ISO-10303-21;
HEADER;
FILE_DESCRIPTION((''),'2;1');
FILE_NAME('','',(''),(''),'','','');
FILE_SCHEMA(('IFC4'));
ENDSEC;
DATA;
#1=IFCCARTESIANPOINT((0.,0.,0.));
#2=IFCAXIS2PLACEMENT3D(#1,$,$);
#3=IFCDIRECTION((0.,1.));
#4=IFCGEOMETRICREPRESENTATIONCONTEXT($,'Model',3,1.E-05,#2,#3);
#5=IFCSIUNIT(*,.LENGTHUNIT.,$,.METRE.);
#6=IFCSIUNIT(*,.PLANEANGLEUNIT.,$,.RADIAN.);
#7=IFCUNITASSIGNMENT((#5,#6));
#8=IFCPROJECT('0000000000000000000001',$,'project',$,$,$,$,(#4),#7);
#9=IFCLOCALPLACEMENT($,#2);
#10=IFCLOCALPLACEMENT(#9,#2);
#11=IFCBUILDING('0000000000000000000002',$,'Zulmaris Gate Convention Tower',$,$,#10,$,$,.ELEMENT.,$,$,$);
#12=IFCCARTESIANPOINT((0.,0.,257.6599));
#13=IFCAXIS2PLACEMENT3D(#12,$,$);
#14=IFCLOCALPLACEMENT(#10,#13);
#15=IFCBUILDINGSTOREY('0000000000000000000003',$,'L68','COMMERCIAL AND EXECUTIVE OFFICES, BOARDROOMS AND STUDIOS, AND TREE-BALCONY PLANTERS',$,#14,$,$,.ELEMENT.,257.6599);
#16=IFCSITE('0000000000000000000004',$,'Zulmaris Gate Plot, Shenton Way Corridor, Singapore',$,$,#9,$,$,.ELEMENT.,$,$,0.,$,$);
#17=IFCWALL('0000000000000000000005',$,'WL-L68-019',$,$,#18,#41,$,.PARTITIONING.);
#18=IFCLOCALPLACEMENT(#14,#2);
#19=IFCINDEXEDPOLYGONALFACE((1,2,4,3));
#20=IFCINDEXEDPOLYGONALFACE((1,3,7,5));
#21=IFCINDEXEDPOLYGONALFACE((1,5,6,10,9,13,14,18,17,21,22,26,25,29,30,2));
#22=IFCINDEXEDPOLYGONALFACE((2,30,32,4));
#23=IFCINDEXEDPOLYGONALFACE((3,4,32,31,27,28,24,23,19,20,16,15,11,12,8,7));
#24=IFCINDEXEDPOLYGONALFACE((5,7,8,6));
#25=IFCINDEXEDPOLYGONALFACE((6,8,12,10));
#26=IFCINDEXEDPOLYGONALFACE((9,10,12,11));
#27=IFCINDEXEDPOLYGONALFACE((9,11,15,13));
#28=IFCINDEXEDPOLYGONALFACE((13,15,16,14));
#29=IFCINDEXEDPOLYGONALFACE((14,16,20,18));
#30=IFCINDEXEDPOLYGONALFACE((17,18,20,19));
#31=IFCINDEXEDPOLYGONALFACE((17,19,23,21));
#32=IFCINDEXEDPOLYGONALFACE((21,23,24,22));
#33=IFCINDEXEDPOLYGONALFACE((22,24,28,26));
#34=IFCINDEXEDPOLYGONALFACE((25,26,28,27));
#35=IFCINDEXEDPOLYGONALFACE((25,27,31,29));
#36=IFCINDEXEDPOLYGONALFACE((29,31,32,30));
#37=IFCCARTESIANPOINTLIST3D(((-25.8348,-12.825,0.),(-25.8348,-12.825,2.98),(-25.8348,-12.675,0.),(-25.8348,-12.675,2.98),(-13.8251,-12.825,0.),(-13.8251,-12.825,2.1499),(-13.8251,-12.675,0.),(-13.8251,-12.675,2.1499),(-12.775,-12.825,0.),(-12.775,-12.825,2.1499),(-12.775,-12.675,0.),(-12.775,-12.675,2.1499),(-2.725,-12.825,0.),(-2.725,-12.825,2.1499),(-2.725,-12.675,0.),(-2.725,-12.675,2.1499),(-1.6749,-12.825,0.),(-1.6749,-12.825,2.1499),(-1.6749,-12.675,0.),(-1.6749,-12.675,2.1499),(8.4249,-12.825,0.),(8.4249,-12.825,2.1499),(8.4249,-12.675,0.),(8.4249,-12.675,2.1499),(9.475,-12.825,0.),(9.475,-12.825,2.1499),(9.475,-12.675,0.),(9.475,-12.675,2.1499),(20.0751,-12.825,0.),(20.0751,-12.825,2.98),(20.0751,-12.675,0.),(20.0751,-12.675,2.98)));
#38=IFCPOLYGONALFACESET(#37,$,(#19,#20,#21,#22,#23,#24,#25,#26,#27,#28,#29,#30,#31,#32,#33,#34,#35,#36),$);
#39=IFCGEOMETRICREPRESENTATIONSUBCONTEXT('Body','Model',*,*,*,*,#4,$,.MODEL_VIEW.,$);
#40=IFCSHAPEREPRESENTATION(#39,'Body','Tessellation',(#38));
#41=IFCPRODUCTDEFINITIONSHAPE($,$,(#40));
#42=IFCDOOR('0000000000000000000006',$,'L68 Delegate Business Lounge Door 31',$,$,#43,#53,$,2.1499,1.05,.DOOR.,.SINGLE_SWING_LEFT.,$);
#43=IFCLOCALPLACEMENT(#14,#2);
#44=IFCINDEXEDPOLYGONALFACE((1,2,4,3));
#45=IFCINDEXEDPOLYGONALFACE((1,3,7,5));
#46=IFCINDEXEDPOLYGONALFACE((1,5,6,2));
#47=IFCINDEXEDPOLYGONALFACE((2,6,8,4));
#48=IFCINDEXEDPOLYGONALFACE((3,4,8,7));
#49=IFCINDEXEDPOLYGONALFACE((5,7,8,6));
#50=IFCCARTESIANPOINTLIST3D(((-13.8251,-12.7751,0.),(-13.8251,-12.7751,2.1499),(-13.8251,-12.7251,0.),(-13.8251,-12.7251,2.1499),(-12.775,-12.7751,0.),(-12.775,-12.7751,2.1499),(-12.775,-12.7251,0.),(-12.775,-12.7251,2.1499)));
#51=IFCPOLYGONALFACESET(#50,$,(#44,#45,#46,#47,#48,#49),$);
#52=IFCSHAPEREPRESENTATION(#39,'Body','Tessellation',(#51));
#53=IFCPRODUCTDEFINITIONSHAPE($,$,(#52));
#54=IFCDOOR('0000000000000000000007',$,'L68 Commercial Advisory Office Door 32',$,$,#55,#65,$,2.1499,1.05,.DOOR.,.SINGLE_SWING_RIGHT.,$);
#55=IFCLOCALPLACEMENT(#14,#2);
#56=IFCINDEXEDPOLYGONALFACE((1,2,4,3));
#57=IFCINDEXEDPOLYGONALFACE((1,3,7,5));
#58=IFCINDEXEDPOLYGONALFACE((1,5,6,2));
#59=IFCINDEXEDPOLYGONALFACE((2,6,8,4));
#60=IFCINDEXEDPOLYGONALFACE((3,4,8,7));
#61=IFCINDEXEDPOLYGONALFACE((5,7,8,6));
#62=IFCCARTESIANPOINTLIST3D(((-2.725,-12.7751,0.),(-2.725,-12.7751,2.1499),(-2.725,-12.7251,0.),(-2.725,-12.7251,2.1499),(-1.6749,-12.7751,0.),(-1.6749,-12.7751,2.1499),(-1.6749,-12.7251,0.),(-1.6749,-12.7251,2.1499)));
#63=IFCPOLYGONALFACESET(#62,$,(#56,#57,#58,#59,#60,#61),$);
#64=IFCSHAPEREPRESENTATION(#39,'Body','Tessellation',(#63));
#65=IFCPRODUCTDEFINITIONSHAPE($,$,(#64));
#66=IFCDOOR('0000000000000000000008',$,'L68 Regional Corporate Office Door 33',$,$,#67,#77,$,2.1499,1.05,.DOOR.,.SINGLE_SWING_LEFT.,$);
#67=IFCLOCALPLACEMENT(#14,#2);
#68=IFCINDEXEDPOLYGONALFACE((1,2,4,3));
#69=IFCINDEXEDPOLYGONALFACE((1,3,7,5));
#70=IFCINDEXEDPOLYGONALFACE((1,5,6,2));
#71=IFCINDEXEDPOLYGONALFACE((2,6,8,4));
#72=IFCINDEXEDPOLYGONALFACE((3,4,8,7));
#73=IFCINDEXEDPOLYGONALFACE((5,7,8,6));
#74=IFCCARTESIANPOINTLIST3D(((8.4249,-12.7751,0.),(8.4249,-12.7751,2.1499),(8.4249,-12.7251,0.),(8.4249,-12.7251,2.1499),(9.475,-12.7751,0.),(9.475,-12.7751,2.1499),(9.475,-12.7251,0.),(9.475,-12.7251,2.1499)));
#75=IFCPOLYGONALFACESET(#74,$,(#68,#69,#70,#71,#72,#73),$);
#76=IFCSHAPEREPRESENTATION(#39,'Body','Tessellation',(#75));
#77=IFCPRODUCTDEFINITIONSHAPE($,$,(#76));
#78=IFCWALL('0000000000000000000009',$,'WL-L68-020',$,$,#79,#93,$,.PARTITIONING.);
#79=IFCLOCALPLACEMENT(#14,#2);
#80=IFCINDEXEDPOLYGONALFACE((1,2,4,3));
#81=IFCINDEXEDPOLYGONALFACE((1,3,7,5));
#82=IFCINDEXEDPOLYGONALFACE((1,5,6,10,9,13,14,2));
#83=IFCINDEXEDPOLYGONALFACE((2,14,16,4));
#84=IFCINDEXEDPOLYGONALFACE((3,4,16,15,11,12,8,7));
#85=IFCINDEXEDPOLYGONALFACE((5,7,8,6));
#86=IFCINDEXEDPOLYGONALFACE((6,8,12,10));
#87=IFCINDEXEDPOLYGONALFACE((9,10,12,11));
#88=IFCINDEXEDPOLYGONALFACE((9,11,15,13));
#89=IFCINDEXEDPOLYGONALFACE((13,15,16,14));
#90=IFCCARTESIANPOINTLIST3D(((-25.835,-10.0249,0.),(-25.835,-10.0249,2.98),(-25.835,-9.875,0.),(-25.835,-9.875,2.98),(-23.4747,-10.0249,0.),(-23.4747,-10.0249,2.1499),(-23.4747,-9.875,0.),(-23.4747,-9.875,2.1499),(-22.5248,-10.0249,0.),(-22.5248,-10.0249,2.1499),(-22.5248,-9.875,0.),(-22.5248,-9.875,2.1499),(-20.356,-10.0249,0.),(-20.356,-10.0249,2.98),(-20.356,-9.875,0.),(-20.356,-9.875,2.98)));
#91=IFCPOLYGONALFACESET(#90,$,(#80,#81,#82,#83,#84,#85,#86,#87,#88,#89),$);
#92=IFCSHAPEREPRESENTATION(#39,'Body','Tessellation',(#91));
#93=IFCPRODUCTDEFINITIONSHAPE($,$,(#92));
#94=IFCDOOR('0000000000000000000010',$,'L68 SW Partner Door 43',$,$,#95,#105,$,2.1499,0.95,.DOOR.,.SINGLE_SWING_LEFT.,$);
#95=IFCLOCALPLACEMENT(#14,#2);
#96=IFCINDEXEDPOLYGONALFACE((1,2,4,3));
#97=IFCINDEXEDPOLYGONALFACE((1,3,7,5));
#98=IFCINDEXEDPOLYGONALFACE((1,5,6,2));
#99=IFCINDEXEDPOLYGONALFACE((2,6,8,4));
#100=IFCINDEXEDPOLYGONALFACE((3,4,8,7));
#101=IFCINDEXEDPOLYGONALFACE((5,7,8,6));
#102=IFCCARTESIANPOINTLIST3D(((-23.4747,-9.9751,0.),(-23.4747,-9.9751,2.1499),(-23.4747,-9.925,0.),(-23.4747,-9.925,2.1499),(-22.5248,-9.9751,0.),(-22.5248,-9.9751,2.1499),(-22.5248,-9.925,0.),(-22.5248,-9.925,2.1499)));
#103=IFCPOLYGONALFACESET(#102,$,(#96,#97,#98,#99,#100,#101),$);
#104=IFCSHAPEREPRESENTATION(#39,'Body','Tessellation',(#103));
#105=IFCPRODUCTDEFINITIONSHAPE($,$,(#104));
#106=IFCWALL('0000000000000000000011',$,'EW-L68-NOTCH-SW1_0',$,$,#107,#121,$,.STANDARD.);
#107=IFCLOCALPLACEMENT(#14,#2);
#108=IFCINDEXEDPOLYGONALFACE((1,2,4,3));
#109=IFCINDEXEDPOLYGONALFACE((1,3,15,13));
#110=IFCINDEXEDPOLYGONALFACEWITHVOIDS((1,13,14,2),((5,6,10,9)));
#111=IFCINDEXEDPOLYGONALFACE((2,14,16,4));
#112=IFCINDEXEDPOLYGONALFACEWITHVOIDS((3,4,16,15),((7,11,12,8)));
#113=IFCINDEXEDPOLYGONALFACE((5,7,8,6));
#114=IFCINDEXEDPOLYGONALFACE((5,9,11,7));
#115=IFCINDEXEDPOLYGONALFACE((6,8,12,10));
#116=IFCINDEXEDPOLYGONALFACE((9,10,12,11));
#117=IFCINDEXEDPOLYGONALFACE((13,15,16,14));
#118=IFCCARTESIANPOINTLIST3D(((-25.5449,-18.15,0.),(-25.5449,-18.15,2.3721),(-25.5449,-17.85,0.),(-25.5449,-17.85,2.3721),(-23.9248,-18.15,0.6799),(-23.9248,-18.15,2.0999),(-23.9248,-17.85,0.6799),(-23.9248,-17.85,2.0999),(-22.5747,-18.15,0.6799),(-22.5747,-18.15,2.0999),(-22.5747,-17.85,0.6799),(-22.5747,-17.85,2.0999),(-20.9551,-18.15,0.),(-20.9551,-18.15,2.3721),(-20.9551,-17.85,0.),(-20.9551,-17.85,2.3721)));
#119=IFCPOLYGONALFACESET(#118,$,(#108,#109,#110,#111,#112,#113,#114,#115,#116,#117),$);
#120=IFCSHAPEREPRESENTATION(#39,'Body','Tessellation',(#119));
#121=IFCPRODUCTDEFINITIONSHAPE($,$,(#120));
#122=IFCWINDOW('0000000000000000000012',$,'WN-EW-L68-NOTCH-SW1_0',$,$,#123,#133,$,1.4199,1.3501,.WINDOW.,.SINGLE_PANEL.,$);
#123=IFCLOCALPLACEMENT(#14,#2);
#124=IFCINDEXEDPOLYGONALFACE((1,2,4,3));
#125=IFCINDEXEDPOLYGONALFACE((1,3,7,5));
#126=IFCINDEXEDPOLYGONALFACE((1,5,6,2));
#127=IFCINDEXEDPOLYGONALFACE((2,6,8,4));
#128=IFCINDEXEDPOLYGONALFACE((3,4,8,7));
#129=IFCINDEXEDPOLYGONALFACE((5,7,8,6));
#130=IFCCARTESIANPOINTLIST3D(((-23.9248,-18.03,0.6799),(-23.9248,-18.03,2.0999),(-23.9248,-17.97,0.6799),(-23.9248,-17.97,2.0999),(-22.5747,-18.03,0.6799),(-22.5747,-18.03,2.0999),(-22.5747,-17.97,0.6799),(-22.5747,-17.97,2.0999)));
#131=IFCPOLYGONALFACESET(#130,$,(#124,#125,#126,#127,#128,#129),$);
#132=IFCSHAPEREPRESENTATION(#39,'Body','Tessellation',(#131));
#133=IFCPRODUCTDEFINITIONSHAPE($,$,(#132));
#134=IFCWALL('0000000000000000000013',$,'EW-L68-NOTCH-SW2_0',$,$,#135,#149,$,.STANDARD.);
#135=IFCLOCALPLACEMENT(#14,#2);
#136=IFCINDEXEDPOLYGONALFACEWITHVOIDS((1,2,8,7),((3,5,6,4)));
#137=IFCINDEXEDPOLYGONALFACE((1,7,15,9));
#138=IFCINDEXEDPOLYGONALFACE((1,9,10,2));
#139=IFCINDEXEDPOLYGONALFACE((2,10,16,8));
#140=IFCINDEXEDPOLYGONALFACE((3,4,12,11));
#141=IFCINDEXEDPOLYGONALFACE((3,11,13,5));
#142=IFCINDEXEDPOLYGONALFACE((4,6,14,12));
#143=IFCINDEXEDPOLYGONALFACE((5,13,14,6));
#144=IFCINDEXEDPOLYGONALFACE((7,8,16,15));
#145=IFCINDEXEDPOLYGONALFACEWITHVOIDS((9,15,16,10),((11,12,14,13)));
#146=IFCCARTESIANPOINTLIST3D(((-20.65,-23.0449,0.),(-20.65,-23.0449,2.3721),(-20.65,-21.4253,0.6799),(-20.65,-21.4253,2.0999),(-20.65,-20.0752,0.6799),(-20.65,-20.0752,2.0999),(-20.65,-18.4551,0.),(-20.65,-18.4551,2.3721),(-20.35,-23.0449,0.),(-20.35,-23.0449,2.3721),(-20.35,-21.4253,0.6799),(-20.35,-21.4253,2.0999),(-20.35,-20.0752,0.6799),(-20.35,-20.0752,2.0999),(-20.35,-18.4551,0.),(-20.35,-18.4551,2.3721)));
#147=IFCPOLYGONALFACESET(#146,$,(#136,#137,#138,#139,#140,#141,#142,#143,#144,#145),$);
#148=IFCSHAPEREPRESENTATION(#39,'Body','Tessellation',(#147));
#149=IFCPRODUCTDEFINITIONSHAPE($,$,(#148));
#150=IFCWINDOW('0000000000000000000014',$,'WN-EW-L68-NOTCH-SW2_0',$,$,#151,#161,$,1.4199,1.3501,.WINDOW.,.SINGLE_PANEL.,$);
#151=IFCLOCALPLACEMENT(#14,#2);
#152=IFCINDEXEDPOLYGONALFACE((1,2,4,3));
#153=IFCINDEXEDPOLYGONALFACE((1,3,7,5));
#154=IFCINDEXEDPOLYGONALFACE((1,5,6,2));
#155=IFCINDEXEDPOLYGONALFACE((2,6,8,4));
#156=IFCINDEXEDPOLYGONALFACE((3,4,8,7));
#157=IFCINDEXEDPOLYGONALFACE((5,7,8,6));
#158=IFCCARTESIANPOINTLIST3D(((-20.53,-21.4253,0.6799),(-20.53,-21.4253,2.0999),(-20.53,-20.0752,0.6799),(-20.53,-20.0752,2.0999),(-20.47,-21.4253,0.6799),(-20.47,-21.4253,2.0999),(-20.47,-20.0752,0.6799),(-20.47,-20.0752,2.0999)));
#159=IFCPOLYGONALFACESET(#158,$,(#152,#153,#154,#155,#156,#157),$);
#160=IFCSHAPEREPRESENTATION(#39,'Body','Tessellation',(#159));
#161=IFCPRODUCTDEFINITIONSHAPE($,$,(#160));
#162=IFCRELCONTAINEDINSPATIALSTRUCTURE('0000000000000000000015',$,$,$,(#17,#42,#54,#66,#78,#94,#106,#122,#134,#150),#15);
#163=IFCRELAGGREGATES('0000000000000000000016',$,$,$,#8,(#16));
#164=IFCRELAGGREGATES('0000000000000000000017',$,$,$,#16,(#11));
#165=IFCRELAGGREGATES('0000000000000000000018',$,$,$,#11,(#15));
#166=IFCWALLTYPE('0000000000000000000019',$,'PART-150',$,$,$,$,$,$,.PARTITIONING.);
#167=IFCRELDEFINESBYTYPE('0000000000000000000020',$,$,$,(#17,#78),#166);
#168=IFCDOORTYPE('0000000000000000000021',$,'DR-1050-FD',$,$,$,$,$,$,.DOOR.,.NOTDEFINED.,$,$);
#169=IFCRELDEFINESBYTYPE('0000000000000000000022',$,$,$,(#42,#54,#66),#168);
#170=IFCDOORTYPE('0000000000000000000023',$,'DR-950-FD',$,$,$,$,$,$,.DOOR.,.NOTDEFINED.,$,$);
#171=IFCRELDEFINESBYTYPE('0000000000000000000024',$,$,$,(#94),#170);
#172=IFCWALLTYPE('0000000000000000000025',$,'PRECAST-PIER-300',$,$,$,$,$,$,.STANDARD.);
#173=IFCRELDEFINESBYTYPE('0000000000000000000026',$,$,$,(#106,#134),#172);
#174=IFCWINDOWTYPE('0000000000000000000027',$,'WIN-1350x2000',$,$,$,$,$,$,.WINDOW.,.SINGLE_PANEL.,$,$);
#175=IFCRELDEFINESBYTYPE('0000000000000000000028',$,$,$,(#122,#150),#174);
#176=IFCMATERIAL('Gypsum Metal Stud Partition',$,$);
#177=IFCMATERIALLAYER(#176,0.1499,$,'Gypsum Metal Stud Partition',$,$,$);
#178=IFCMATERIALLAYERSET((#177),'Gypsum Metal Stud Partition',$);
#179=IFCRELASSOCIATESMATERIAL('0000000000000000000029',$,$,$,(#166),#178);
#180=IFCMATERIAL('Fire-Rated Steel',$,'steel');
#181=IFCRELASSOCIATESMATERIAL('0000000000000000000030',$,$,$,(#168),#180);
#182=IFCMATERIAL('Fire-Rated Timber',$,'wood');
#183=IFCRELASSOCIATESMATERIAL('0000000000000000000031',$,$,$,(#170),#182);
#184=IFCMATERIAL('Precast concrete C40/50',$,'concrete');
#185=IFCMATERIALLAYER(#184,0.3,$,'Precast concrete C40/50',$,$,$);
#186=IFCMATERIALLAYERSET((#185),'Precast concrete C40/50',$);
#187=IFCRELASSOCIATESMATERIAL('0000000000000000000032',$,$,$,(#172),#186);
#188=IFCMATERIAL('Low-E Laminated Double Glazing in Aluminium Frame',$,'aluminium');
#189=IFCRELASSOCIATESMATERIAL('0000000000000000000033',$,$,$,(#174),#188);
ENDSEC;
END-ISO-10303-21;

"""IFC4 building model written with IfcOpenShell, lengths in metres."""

from ifc_helpers import new_model, si_unit, direction, frame, frame_2d, origin, place, context, subcontext, project, spatial, rectangle, extrude, material, layer, layer_set, type_object, element, fill, save


model = new_model("IFC4")

# Units and contexts
model_context = context("Model", 3, precision=1e-05, world=origin(), true_north=direction((0.0, 1.0)))
body_context = subcontext(model_context, "Body", "Model", "MODEL_VIEW")
ifc_project = project(units=[si_unit("LENGTHUNIT", "METRE"), si_unit("PLANEANGLEUNIT", "RADIAN")], contexts=[model_context])

# Site, building, storey
site_placement = place(None, origin())
site = spatial("IfcSite", under=ifc_project, at=site_placement, Name="Zulmaris Gate Plot, Shenton Way Corridor, Singapore", CompositionType="ELEMENT", RefElevation=0.0)
building_placement = place(site_placement, origin())
building = spatial("IfcBuilding", under=site, at=building_placement, Name="Zulmaris Gate Convention Tower", CompositionType="ELEMENT")
storey_placement = place(building_placement, frame((0.0, 0.0, 257.6599)))
storey = spatial("IfcBuildingStorey", under=building, at=storey_placement, Name="L68", Description="COMMERCIAL AND EXECUTIVE OFFICES, BOARDROOMS AND STUDIOS, AND TREE-BALCONY PLANTERS", CompositionType="ELEMENT", Elevation=257.6599)

# Wall, openings, doors
ifc_material_1 = material(Name="Gypsum Metal Stud Partition")
ifc_layer_1 = layer(ifc_material_1, 0.1499, Name="Gypsum Metal Stud Partition")
ifc_layer_set_1 = layer_set([ifc_layer_1], Name="Gypsum Metal Stud Partition")
wall_type_1 = type_object("IfcWallType", Name="PART-150", PredefinedType="PARTITIONING", material=ifc_layer_set_1)
wall_1_placement = place(storey_placement, frame((-25.835, -12.75, 0.0), z_axis=(0.0, 0.0, 1.0), x_axis=(1.0, 0.0, 0.0)))
wall_1 = element("IfcWall", 1, at=wall_1_placement, inside=storey, type_object=wall_type_1, Name="WL-L68-019", PredefinedType="PARTITIONING", context=body_context, shape_type="SweptSolid", body=[
    extrude(rectangle(XDim=45.9099, YDim=0.1499, at=frame_2d((22.9551, 0.0))), origin(), (0.0, 0.0, 1.0), 2.98),
])
opening_1_placement = place(wall_1_placement, frame((12.01, 0.0, 0.0)))
opening_1 = element("IfcOpeningElement", 2, at=opening_1_placement, cuts=wall_1, PredefinedType="OPENING", context=body_context, shape_type="SweptSolid", body=[
    extrude(rectangle(XDim=1.05, YDim=2.1499, at=frame_2d((0.5249, 1.075))), frame((0.0, 0.085, 0.0), z_axis=(0.0, -1.0, 0.0), x_axis=(1.0, 0.0, 0.0)), (0.0, 0.0, 1.0), 0.1699),
])
opening_2_placement = place(wall_1_placement, frame((23.1101, 0.0, 0.0)))
opening_2 = element("IfcOpeningElement", 3, at=opening_2_placement, cuts=wall_1, PredefinedType="OPENING", context=body_context, shape_type="SweptSolid", body=[
    extrude(rectangle(XDim=1.05, YDim=2.1499, at=frame_2d((0.5249, 1.075))), frame((0.0, 0.085, 0.0), z_axis=(0.0, -1.0, 0.0), x_axis=(1.0, 0.0, 0.0)), (0.0, 0.0, 1.0), 0.1699),
])
opening_3_placement = place(wall_1_placement, frame((34.26, 0.0, 0.0)))
opening_3 = element("IfcOpeningElement", 4, at=opening_3_placement, cuts=wall_1, PredefinedType="OPENING", context=body_context, shape_type="SweptSolid", body=[
    extrude(rectangle(XDim=1.05, YDim=2.1499, at=frame_2d((0.5249, 1.075))), frame((0.0, 0.085, 0.0), z_axis=(0.0, -1.0, 0.0), x_axis=(1.0, 0.0, 0.0)), (0.0, 0.0, 1.0), 0.1699),
])
ifc_material_2 = material(Name="Fire-Rated Steel", Category="steel")
door_type_1 = type_object("IfcDoorType", Name="DR-1050-FD", OperationType="NOTDEFINED", PredefinedType="DOOR", material=ifc_material_2)
door_1_placement = place(opening_1_placement, origin())
door_1 = element("IfcDoor", 5, at=door_1_placement, inside=storey, type_object=door_type_1, Name="L68 Delegate Business Lounge Door 31", OperationType="SINGLE_SWING_LEFT", OverallHeight=2.1499, OverallWidth=1.05, PredefinedType="DOOR", context=body_context, shape_type="SweptSolid", body=[
    extrude(rectangle(XDim=1.05, YDim=2.1499, at=frame_2d((0.5249, 1.075))), frame((0.0, 0.0249, 0.0), z_axis=(0.0, -1.0, 0.0), x_axis=(1.0, 0.0, 0.0)), (0.0, 0.0, 1.0), 0.05),
])
fill(opening_1, door_1)
door_2_placement = place(opening_2_placement, origin())
door_2 = element("IfcDoor", 6, at=door_2_placement, inside=storey, type_object=door_type_1, Name="L68 Commercial Advisory Office Door 32", OperationType="SINGLE_SWING_RIGHT", OverallHeight=2.1499, OverallWidth=1.05, PredefinedType="DOOR", context=body_context, shape_type="SweptSolid", body=[
    extrude(rectangle(XDim=1.05, YDim=2.1499, at=frame_2d((0.5249, 1.075))), frame((0.0, 0.0249, 0.0), z_axis=(0.0, -1.0, 0.0), x_axis=(1.0, 0.0, 0.0)), (0.0, 0.0, 1.0), 0.05),
])
fill(opening_2, door_2)
door_3_placement = place(opening_3_placement, origin())
door_3 = element("IfcDoor", 7, at=door_3_placement, inside=storey, type_object=door_type_1, Name="L68 Regional Corporate Office Door 33", OperationType="SINGLE_SWING_LEFT", OverallHeight=2.1499, OverallWidth=1.05, PredefinedType="DOOR", context=body_context, shape_type="SweptSolid", body=[
    extrude(rectangle(XDim=1.05, YDim=2.1499, at=frame_2d((0.5249, 1.075))), frame((0.0, 0.0249, 0.0), z_axis=(0.0, -1.0, 0.0), x_axis=(1.0, 0.0, 0.0)), (0.0, 0.0, 1.0), 0.05),
])
fill(opening_3, door_3)

# Wall, opening, door
wall_2_placement = place(storey_placement, frame((-25.835, -9.95, 0.0), z_axis=(0.0, 0.0, 1.0), x_axis=(1.0, 0.0, 0.0)))
wall_2 = element("IfcWall", 8, at=wall_2_placement, inside=storey, type_object=wall_type_1, Name="WL-L68-020", PredefinedType="PARTITIONING", context=body_context, shape_type="SweptSolid", body=[
    extrude(rectangle(XDim=5.479, YDim=0.1499, at=frame_2d((2.7395, 0.0))), origin(), (0.0, 0.0, 1.0), 2.98),
])
opening_4_placement = place(wall_2_placement, frame((2.3601, 0.0, 0.0)))
opening_4 = element("IfcOpeningElement", 9, at=opening_4_placement, cuts=wall_2, PredefinedType="OPENING", context=body_context, shape_type="SweptSolid", body=[
    extrude(rectangle(XDim=0.95, YDim=2.1499, at=frame_2d((0.4751, 1.075))), frame((0.0, 0.085, 0.0), z_axis=(0.0, -1.0, 0.0), x_axis=(1.0, 0.0, 0.0)), (0.0, 0.0, 1.0), 0.1699),
])
ifc_material_3 = material(Name="Fire-Rated Timber", Category="wood")
door_type_2 = type_object("IfcDoorType", Name="DR-950-FD", OperationType="NOTDEFINED", PredefinedType="DOOR", material=ifc_material_3)
door_4_placement = place(opening_4_placement, origin())
door_4 = element("IfcDoor", 10, at=door_4_placement, inside=storey, type_object=door_type_2, Name="L68 SW Partner Door 43", OperationType="SINGLE_SWING_LEFT", OverallHeight=2.1499, OverallWidth=0.95, PredefinedType="DOOR", context=body_context, shape_type="SweptSolid", body=[
    extrude(rectangle(XDim=0.95, YDim=2.1499, at=frame_2d((0.4751, 1.075))), frame((0.0, 0.0249, 0.0), z_axis=(0.0, -1.0, 0.0), x_axis=(1.0, 0.0, 0.0)), (0.0, 0.0, 1.0), 0.05),
])
fill(opening_4, door_4)

# Walls, openings, windows
ifc_material_4 = material(Name="Precast concrete C40/50", Category="concrete")
ifc_layer_2 = layer(ifc_material_4, 0.3, Name="Precast concrete C40/50")
ifc_layer_set_2 = layer_set([ifc_layer_2], Name="Precast concrete C40/50")
wall_type_2 = type_object("IfcWallType", Name="PRECAST-PIER-300", PredefinedType="STANDARD", material=ifc_layer_set_2)
wall_3_placement = place(storey_placement, frame((-25.5449, -18.0, 0.0), z_axis=(0.0, 0.0, 1.0), x_axis=(1.0, 0.0, 0.0)))
wall_3 = element("IfcWall", 11, at=wall_3_placement, inside=storey, type_object=wall_type_2, Name="EW-L68-NOTCH-SW1_0", PredefinedType="STANDARD", context=body_context, shape_type="SweptSolid", body=[
    extrude(rectangle(XDim=4.5898, YDim=0.3, at=frame_2d((2.2949, 0.0))), origin(), (0.0, 0.0, 1.0), 2.3721),
])
opening_5_placement = place(wall_3_placement, frame((1.6201, 0.0, 0.6799)))
opening_5 = element("IfcOpeningElement", 12, at=opening_5_placement, cuts=wall_3, PredefinedType="OPENING", context=body_context, shape_type="SweptSolid", body=[
    extrude(rectangle(XDim=1.3501, YDim=1.4199, at=frame_2d((0.675, 0.71))), frame((0.0, 0.1602, 0.0), z_axis=(0.0, -1.0, 0.0), x_axis=(1.0, 0.0, 0.0)), (0.0, 0.0, 1.0), 0.3201),
])
ifc_material_5 = material(Name="Low-E Laminated Double Glazing in Aluminium Frame", Category="aluminium")
window_type = type_object("IfcWindowType", Name="WIN-1350x2000", PartitioningType="SINGLE_PANEL", PredefinedType="WINDOW", material=ifc_material_5)
window_1_placement = place(opening_5_placement, origin())
window_1 = element("IfcWindow", 13, at=window_1_placement, inside=storey, type_object=window_type, Name="WN-EW-L68-NOTCH-SW1_0", OverallHeight=1.4199, OverallWidth=1.3501, PartitioningType="SINGLE_PANEL", PredefinedType="WINDOW", context=body_context, shape_type="SweptSolid", body=[
    extrude(rectangle(XDim=1.3501, YDim=1.4199, at=frame_2d((0.675, 0.71))), frame((0.0, 0.03, 0.0), z_axis=(0.0, -1.0, 0.0), x_axis=(1.0, 0.0, 0.0)), (0.0, 0.0, 1.0), 0.0601),
])
fill(opening_5, window_1)
wall_4_placement = place(storey_placement, frame((-20.5, -18.4551, 0.0), z_axis=(0.0, 0.0, 1.0), x_axis=(0.0, -1.0, 0.0)))
wall_4 = element("IfcWall", 14, at=wall_4_placement, inside=storey, type_object=wall_type_2, Name="EW-L68-NOTCH-SW2_0", PredefinedType="STANDARD", context=body_context, shape_type="SweptSolid", body=[
    extrude(rectangle(XDim=4.5898, YDim=0.3, at=frame_2d((2.2949, 0.0))), origin(), (0.0, 0.0, 1.0), 2.3721),
])
opening_6_placement = place(wall_4_placement, frame((1.6201, 0.0, 0.6799)))
opening_6 = element("IfcOpeningElement", 15, at=opening_6_placement, cuts=wall_4, PredefinedType="OPENING", context=body_context, shape_type="SweptSolid", body=[
    extrude(rectangle(XDim=1.3501, YDim=1.4199, at=frame_2d((0.675, 0.71))), frame((0.0, 0.1602, 0.0), z_axis=(0.0, -1.0, 0.0), x_axis=(1.0, 0.0, 0.0)), (0.0, 0.0, 1.0), 0.3201),
])
window_2_placement = place(opening_6_placement, origin())
window_2 = element("IfcWindow", 16, at=window_2_placement, inside=storey, type_object=window_type, Name="WN-EW-L68-NOTCH-SW2_0", OverallHeight=1.4199, OverallWidth=1.3501, PartitioningType="SINGLE_PANEL", PredefinedType="WINDOW", context=body_context, shape_type="SweptSolid", body=[
    extrude(rectangle(XDim=1.3501, YDim=1.4199, at=frame_2d((0.675, 0.71))), frame((0.0, 0.03, 0.0), z_axis=(0.0, -1.0, 0.0), x_axis=(1.0, 0.0, 0.0)), (0.0, 0.0, 1.0), 0.0601),
])
fill(opening_6, window_2)

save(model, "model.ifc")
